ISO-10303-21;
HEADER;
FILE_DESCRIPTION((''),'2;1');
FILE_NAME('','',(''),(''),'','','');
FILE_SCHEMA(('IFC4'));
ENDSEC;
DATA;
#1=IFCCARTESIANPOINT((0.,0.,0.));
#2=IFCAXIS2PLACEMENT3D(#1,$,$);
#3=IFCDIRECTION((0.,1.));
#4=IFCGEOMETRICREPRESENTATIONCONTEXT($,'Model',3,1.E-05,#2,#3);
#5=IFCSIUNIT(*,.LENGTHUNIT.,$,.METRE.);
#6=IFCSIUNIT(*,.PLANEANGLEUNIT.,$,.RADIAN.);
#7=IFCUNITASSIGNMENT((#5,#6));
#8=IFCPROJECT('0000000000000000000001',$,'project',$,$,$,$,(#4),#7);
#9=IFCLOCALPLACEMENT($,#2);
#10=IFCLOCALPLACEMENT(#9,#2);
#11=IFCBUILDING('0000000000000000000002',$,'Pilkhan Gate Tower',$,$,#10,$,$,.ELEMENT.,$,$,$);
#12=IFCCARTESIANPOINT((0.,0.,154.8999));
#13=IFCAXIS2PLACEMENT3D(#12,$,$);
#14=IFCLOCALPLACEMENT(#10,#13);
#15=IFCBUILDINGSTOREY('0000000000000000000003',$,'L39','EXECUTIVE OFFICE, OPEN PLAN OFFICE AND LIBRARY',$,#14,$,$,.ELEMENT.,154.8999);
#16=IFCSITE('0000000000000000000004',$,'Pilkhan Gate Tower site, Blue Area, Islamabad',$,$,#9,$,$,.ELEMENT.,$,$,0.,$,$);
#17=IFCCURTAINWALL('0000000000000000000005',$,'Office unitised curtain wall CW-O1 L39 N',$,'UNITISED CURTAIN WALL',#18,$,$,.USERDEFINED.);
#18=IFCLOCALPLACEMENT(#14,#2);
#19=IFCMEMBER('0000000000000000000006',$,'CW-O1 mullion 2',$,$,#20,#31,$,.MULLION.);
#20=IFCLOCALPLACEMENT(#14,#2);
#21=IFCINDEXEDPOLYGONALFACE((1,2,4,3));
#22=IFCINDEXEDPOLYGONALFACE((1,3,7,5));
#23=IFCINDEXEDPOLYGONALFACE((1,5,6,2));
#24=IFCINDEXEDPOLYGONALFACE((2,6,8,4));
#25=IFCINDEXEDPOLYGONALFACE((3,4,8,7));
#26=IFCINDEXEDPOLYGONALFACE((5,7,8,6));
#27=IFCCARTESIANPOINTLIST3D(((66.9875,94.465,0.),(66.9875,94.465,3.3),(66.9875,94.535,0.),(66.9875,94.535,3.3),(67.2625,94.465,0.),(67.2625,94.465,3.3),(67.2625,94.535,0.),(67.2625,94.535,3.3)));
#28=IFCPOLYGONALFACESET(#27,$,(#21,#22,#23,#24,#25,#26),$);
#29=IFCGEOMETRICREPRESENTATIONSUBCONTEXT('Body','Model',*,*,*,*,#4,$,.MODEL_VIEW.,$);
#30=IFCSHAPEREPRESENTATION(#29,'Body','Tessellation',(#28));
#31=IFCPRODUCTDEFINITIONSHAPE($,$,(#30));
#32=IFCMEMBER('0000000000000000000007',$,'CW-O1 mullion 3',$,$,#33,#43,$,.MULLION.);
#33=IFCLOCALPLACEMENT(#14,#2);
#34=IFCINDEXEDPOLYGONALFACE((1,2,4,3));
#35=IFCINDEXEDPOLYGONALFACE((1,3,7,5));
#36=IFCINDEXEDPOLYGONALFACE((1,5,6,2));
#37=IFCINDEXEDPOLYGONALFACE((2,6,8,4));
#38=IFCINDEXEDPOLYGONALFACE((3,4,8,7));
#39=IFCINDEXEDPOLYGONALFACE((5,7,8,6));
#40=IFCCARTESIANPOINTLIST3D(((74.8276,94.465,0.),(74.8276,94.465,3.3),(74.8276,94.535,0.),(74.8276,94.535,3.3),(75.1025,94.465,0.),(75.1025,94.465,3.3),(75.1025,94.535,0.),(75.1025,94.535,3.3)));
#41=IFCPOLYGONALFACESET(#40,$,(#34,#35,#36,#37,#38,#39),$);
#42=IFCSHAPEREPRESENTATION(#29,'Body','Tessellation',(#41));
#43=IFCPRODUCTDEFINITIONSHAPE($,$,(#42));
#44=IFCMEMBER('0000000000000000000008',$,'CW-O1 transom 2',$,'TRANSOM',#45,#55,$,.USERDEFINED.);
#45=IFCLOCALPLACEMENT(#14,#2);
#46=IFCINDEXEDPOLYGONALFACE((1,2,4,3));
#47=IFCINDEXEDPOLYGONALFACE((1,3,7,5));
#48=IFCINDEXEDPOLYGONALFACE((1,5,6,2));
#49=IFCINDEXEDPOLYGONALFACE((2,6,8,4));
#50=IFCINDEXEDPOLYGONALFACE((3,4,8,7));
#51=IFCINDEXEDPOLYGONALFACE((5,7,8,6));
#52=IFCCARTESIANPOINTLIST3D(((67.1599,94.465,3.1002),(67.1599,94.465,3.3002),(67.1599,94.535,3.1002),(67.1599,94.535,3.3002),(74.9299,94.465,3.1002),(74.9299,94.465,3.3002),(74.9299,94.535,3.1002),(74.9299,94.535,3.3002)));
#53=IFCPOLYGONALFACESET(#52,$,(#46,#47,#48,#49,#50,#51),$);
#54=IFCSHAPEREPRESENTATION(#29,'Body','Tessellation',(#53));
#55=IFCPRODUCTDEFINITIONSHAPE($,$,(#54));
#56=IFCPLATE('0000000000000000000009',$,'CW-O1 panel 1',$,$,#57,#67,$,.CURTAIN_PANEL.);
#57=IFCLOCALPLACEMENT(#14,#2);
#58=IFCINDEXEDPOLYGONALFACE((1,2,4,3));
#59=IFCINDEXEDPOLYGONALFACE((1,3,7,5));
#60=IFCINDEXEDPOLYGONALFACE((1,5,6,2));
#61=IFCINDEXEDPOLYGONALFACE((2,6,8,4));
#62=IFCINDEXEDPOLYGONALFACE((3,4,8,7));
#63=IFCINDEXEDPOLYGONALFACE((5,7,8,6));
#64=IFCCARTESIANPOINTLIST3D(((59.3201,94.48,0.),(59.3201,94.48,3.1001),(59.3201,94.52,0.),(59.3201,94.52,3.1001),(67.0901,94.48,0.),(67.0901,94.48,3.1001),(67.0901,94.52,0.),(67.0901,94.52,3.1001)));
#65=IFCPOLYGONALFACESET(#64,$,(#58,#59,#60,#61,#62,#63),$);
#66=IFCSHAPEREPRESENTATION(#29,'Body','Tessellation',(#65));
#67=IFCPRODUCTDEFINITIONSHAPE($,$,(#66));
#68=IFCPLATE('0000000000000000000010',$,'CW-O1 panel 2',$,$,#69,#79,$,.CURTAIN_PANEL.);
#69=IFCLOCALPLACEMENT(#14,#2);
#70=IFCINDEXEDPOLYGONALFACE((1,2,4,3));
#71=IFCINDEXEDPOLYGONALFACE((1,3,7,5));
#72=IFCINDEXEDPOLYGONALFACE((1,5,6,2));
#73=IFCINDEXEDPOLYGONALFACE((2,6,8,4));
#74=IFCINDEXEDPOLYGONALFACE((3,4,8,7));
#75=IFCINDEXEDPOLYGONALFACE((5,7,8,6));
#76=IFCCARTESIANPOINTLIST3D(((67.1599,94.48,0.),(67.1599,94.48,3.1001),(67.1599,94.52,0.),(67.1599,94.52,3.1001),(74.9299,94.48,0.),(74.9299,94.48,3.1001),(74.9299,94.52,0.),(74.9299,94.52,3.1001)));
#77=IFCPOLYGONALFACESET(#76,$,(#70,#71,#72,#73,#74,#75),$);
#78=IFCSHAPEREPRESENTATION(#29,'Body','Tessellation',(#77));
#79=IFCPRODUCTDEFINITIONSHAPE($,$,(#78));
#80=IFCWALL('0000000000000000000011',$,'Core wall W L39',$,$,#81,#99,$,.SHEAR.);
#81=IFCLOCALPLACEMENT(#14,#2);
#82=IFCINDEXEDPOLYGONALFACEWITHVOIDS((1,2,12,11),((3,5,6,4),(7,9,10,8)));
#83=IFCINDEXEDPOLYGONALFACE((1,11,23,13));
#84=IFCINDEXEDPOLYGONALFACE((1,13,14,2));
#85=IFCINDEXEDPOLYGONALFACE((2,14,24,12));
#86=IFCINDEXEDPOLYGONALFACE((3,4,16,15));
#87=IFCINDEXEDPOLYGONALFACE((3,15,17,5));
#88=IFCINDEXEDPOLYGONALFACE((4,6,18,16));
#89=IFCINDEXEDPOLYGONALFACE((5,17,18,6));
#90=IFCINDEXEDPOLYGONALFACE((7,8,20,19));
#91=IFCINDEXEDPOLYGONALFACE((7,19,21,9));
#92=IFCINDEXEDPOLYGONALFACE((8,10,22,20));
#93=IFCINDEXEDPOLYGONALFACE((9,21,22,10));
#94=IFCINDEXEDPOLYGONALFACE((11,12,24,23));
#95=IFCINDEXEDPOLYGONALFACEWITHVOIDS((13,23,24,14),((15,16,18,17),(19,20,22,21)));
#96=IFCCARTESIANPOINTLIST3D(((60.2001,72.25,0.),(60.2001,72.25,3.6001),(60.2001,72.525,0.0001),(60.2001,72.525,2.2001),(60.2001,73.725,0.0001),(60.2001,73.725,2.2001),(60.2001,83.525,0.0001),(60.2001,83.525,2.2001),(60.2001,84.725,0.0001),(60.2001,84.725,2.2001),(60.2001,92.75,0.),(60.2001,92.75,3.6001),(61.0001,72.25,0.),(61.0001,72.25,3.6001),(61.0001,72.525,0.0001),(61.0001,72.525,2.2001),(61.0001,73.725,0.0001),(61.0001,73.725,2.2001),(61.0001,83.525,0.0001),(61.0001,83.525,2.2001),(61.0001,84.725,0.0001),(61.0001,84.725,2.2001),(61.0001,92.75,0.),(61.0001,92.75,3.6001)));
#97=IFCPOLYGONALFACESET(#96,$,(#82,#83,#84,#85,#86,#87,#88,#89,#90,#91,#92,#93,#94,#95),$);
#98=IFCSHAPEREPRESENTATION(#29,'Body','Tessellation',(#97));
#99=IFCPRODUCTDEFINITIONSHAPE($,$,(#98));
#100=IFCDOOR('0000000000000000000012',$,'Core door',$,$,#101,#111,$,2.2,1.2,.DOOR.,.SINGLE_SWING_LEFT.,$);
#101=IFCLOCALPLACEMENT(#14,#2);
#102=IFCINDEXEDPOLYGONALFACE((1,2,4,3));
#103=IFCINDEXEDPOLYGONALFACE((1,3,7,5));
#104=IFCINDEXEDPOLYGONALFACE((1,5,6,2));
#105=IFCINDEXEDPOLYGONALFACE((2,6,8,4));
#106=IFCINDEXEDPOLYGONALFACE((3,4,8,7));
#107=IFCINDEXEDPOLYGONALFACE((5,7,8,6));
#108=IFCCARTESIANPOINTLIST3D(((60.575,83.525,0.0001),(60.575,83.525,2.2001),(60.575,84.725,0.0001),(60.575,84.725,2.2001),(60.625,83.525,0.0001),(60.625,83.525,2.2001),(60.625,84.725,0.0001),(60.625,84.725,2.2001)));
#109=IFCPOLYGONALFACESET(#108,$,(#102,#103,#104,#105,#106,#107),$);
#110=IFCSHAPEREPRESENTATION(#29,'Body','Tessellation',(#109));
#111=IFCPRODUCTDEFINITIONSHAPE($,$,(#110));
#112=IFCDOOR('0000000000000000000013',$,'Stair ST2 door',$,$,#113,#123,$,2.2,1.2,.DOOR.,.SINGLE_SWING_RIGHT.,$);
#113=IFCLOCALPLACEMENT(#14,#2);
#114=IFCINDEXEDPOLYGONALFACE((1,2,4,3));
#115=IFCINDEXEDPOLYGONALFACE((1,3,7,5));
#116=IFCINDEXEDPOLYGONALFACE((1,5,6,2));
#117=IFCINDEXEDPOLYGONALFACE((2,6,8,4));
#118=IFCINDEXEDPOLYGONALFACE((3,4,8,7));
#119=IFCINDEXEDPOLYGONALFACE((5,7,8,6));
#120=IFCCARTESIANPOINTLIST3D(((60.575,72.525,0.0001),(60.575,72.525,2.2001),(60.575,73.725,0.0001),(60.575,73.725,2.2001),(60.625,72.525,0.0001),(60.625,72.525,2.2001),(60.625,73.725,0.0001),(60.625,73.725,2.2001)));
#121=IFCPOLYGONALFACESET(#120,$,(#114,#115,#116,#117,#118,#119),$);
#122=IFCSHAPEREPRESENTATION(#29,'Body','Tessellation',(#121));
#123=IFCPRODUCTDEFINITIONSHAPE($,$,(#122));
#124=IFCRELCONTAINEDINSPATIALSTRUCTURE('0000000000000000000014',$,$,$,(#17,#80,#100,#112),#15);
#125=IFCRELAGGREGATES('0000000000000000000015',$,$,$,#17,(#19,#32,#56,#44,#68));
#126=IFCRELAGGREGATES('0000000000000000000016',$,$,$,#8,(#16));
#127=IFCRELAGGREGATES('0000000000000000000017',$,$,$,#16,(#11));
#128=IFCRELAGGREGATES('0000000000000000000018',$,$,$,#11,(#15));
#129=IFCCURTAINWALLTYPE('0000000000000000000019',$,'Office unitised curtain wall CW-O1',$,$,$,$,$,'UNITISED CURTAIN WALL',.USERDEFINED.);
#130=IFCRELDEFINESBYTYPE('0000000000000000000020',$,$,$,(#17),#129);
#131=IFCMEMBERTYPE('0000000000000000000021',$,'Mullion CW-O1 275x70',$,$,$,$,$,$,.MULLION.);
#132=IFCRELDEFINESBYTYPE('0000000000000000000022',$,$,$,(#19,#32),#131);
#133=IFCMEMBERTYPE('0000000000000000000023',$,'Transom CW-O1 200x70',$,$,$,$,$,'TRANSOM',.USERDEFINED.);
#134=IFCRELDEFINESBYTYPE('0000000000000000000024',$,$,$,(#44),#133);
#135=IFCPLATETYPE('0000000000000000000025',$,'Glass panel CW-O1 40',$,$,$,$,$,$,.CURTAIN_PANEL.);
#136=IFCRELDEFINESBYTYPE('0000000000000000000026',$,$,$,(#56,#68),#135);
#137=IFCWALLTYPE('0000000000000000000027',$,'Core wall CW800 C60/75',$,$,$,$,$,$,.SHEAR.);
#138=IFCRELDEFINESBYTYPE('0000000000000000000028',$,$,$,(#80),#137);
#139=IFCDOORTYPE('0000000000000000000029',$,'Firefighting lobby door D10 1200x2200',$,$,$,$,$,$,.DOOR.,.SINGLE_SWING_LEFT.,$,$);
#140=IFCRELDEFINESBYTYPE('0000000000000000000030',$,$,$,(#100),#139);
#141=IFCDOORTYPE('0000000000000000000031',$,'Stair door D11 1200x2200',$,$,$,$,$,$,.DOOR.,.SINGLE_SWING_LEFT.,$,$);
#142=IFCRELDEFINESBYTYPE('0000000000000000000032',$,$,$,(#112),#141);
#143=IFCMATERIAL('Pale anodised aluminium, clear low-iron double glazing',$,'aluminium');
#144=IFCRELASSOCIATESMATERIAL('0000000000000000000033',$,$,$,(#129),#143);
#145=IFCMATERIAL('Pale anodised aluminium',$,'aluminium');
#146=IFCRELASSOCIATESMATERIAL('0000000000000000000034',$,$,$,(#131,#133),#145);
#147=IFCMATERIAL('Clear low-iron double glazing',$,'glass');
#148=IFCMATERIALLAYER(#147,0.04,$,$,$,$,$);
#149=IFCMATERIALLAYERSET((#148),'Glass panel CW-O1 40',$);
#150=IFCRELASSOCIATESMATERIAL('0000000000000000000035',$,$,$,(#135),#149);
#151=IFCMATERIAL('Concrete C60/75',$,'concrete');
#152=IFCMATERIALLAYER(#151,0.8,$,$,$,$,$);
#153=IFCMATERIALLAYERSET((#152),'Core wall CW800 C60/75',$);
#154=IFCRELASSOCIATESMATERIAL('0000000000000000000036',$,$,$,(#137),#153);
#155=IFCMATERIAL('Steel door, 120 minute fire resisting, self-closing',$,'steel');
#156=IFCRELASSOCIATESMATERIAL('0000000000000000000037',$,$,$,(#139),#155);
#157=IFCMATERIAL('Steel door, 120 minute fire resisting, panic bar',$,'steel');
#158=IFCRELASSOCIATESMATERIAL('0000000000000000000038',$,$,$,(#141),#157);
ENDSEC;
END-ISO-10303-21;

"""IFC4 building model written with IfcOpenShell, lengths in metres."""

from ifc_helpers import new_model, si_unit, direction, frame, frame_2d, origin, origin_2d, place, context, subcontext, project, spatial, rectangle, extrude, material, layer, layer_set, material_profile, profile_set, type_object, element, fill, aggregate, save


model = new_model("IFC4")

# Units and contexts
model_context = context("Model", 3, precision=1e-05, world=origin(), true_north=direction((0.0, 1.0)))
body_context = subcontext(model_context, "Body", "Model", "MODEL_VIEW")
ifc_project = project(units=[si_unit("LENGTHUNIT", "METRE"), si_unit("PLANEANGLEUNIT", "RADIAN")], contexts=[model_context])

# Site, building, storey
site_placement = place(None, origin())
site = spatial("IfcSite", under=ifc_project, at=site_placement, Name="Pilkhan Gate Tower site, Blue Area, Islamabad", CompositionType="ELEMENT", RefElevation=0.0)
building_placement = place(site_placement, origin())
building = spatial("IfcBuilding", under=site, at=building_placement, Name="Pilkhan Gate Tower", CompositionType="ELEMENT")
storey_placement = place(building_placement, frame((0.0, 0.0, 154.8999)))
storey = spatial("IfcBuildingStorey", under=building, at=storey_placement, Name="L39", Description="EXECUTIVE OFFICE, OPEN PLAN OFFICE AND LIBRARY", CompositionType="ELEMENT", Elevation=154.8999)

# Curtain wall, members, plates
ifc_material_1 = material(Name="Pale anodised aluminium, clear low-iron double glazing", Category="aluminium")
curtain_wall_type = type_object("IfcCurtainWallType", Name="Office unitised curtain wall CW-O1", ElementType="UNITISED CURTAIN WALL", PredefinedType="USERDEFINED", material=ifc_material_1)
curtain_wall_placement = place(storey_placement, origin())
curtain_wall = element("IfcCurtainWall", 1, at=curtain_wall_placement, inside=storey, type_object=curtain_wall_type, Name="Office unitised curtain wall CW-O1 L39 N", ObjectType="UNITISED CURTAIN WALL", PredefinedType="USERDEFINED")
ifc_material_2 = material(Name="Pale anodised aluminium", Category="aluminium")
ifc_material_profile_1 = material_profile(ifc_material_2, rectangle(XDim=0.0701, YDim=0.2749, at=origin_2d()), Name="Mullion 275x70")
ifc_profile_set_1 = profile_set([ifc_material_profile_1], Name="Pale anodised aluminium")
member_type_1 = type_object("IfcMemberType", Name="Mullion CW-O1 275x70", PredefinedType="MULLION", material=ifc_profile_set_1)
member_1_placement = place(storey_placement, frame((67.125, 94.5, 0.0), z_axis=(0.0, 0.0, 1.0), x_axis=(0.0, 1.0, 0.0)))
member_1 = element("IfcMember", 2, at=member_1_placement, type_object=member_type_1, Name="CW-O1 mullion 2", PredefinedType="MULLION", context=body_context, shape_type="SweptSolid", body=[
    extrude(rectangle(XDim=0.0701, YDim=0.2749, at=origin_2d()), origin(), (0.0, 0.0, 1.0), 3.3),
])
member_2_placement = place(storey_placement, frame((74.9651, 94.5, 0.0), z_axis=(0.0, 0.0, 1.0), x_axis=(0.0, 1.0, 0.0)))
member_2 = element("IfcMember", 3, at=member_2_placement, type_object=member_type_1, Name="CW-O1 mullion 3", PredefinedType="MULLION", context=body_context, shape_type="SweptSolid", body=[
    extrude(rectangle(XDim=0.0701, YDim=0.2749, at=origin_2d()), origin(), (0.0, 0.0, 1.0), 3.3),
])
ifc_material_profile_2 = material_profile(ifc_material_2, rectangle(XDim=0.0701, YDim=0.2, at=origin_2d()), Name="Transom 200x70")
ifc_profile_set_2 = profile_set([ifc_material_profile_2], Name="Pale anodised aluminium")
member_type_2 = type_object("IfcMemberType", Name="Transom CW-O1 200x70", ElementType="TRANSOM", PredefinedType="USERDEFINED", material=ifc_profile_set_2)
member_3_placement = place(storey_placement, frame((67.1599, 94.5, 3.2002), z_axis=(1.0, 0.0, 0.0), x_axis=(0.0, 1.0, 0.0)))
member_3 = element("IfcMember", 4, at=member_3_placement, type_object=member_type_2, Name="CW-O1 transom 2", ObjectType="TRANSOM", PredefinedType="USERDEFINED", context=body_context, shape_type="SweptSolid", body=[
    extrude(rectangle(XDim=0.0701, YDim=0.2, at=origin_2d()), origin(), (0.0, 0.0, 1.0), 7.77),
])
ifc_material_3 = material(Name="Clear low-iron double glazing", Category="glass")
ifc_layer_1 = layer(ifc_material_3, 0.04)
ifc_layer_set_1 = layer_set([ifc_layer_1], Name="Glass panel CW-O1 40")
plate_type = type_object("IfcPlateType", Name="Glass panel CW-O1 40", PredefinedType="CURTAIN_PANEL", material=ifc_layer_set_1)
plate_1_placement = place(storey_placement, frame((63.2051, 94.5, 0.0), z_axis=(0.0, 0.0, 1.0), x_axis=(1.0, 0.0, 0.0)))
plate_1 = element("IfcPlate", 5, at=plate_1_placement, type_object=plate_type, Name="CW-O1 panel 1", PredefinedType="CURTAIN_PANEL", context=body_context, shape_type="SweptSolid", body=[
    extrude(rectangle(XDim=7.77, YDim=0.04, at=origin_2d()), origin(), (0.0, 0.0, 1.0), 3.1001),
])
plate_2_placement = place(storey_placement, frame((71.0449, 94.5, 0.0), z_axis=(0.0, 0.0, 1.0), x_axis=(1.0, 0.0, 0.0)))
plate_2 = element("IfcPlate", 6, at=plate_2_placement, type_object=plate_type, Name="CW-O1 panel 2", PredefinedType="CURTAIN_PANEL", context=body_context, shape_type="SweptSolid", body=[
    extrude(rectangle(XDim=7.77, YDim=0.04, at=origin_2d()), origin(), (0.0, 0.0, 1.0), 3.1001),
])
aggregate(curtain_wall, [member_1, member_2, plate_1, member_3, plate_2])

# Wall, openings, doors
ifc_material_4 = material(Name="Concrete C60/75", Category="concrete")
ifc_layer_2 = layer(ifc_material_4, 0.8)
ifc_layer_set_2 = layer_set([ifc_layer_2], Name="Core wall CW800 C60/75")
wall_type_1 = type_object("IfcWallType", Name="Core wall CW800 C60/75", PredefinedType="SHEAR", material=ifc_layer_set_2)
wall_1_placement = place(storey_placement, frame((60.6001, 92.75, 0.0), z_axis=(0.0, 0.0, 1.0), x_axis=(0.0, -1.0, 0.0)))
wall_1 = element("IfcWall", 7, at=wall_1_placement, inside=storey, type_object=wall_type_1, Name="Core wall W L39", PredefinedType="SHEAR", context=body_context, shape_type="SweptSolid", body=[
    extrude(rectangle(XDim=20.5, YDim=0.8, at=frame_2d((10.25, 0.0))), origin(), (0.0, 0.0, 1.0), 3.6001),
])
opening_1_placement = place(wall_1_placement, frame((19.0249, 0.0, 0.0)))
opening_1 = element("IfcOpeningElement", 8, at=opening_1_placement, cuts=wall_1, PredefinedType="OPENING", context=body_context, shape_type="SweptSolid", body=[
    extrude(rectangle(XDim=1.2, YDim=2.2, at=frame_2d((0.6001, 1.1001))), frame((0.0, 0.4099, 0.0), z_axis=(0.0, -1.0, 0.0), x_axis=(1.0, 0.0, 0.0)), (0.0, 0.0, 1.0), 0.8201),
])
opening_2_placement = place(wall_1_placement, frame((8.0249, 0.0, 0.0)))
opening_2 = element("IfcOpeningElement", 9, at=opening_2_placement, cuts=wall_1, PredefinedType="OPENING", context=body_context, shape_type="SweptSolid", body=[
    extrude(rectangle(XDim=1.2, YDim=2.2, at=frame_2d((0.6001, 1.1001))), frame((0.0, 0.4099, 0.0), z_axis=(0.0, -1.0, 0.0), x_axis=(1.0, 0.0, 0.0)), (0.0, 0.0, 1.0), 0.8201),
])
ifc_material_5 = material(Name="Steel door, 120 minute fire resisting, self-closing", Category="steel")
door_type_1 = type_object("IfcDoorType", Name="Firefighting lobby door D10 1200x2200", OperationType="SINGLE_SWING_LEFT", PredefinedType="DOOR", material=ifc_material_5)
door_1_placement = place(opening_2_placement, origin())
door_1 = element("IfcDoor", 10, at=door_1_placement, inside=storey, type_object=door_type_1, Name="Core door", OperationType="SINGLE_SWING_LEFT", OverallHeight=2.2, OverallWidth=1.2, PredefinedType="DOOR", context=body_context, shape_type="SweptSolid", body=[
    extrude(rectangle(XDim=1.2, YDim=2.2, at=frame_2d((0.6001, 1.1001))), frame((0.0, 0.0249, 0.0), z_axis=(0.0, -1.0, 0.0), x_axis=(1.0, 0.0, 0.0)), (0.0, 0.0, 1.0), 0.05),
])
fill(opening_2, door_1)
ifc_material_6 = material(Name="Steel door, 120 minute fire resisting, panic bar", Category="steel")
door_type_2 = type_object("IfcDoorType", Name="Stair door D11 1200x2200", OperationType="SINGLE_SWING_LEFT", PredefinedType="DOOR", material=ifc_material_6)
door_2_placement = place(opening_1_placement, origin())
door_2 = element("IfcDoor", 11, at=door_2_placement, inside=storey, type_object=door_type_2, Name="Stair ST2 door", OperationType="SINGLE_SWING_RIGHT", OverallHeight=2.2, OverallWidth=1.2, PredefinedType="DOOR", context=body_context, shape_type="SweptSolid", body=[
    extrude(rectangle(XDim=1.2, YDim=2.2, at=frame_2d((0.6001, 1.1001))), frame((0.0, 0.0249, 0.0), z_axis=(0.0, -1.0, 0.0), x_axis=(1.0, 0.0, 0.0)), (0.0, 0.0, 1.0), 0.05),
])
fill(opening_1, door_2)

save(model, "model.ifc")
